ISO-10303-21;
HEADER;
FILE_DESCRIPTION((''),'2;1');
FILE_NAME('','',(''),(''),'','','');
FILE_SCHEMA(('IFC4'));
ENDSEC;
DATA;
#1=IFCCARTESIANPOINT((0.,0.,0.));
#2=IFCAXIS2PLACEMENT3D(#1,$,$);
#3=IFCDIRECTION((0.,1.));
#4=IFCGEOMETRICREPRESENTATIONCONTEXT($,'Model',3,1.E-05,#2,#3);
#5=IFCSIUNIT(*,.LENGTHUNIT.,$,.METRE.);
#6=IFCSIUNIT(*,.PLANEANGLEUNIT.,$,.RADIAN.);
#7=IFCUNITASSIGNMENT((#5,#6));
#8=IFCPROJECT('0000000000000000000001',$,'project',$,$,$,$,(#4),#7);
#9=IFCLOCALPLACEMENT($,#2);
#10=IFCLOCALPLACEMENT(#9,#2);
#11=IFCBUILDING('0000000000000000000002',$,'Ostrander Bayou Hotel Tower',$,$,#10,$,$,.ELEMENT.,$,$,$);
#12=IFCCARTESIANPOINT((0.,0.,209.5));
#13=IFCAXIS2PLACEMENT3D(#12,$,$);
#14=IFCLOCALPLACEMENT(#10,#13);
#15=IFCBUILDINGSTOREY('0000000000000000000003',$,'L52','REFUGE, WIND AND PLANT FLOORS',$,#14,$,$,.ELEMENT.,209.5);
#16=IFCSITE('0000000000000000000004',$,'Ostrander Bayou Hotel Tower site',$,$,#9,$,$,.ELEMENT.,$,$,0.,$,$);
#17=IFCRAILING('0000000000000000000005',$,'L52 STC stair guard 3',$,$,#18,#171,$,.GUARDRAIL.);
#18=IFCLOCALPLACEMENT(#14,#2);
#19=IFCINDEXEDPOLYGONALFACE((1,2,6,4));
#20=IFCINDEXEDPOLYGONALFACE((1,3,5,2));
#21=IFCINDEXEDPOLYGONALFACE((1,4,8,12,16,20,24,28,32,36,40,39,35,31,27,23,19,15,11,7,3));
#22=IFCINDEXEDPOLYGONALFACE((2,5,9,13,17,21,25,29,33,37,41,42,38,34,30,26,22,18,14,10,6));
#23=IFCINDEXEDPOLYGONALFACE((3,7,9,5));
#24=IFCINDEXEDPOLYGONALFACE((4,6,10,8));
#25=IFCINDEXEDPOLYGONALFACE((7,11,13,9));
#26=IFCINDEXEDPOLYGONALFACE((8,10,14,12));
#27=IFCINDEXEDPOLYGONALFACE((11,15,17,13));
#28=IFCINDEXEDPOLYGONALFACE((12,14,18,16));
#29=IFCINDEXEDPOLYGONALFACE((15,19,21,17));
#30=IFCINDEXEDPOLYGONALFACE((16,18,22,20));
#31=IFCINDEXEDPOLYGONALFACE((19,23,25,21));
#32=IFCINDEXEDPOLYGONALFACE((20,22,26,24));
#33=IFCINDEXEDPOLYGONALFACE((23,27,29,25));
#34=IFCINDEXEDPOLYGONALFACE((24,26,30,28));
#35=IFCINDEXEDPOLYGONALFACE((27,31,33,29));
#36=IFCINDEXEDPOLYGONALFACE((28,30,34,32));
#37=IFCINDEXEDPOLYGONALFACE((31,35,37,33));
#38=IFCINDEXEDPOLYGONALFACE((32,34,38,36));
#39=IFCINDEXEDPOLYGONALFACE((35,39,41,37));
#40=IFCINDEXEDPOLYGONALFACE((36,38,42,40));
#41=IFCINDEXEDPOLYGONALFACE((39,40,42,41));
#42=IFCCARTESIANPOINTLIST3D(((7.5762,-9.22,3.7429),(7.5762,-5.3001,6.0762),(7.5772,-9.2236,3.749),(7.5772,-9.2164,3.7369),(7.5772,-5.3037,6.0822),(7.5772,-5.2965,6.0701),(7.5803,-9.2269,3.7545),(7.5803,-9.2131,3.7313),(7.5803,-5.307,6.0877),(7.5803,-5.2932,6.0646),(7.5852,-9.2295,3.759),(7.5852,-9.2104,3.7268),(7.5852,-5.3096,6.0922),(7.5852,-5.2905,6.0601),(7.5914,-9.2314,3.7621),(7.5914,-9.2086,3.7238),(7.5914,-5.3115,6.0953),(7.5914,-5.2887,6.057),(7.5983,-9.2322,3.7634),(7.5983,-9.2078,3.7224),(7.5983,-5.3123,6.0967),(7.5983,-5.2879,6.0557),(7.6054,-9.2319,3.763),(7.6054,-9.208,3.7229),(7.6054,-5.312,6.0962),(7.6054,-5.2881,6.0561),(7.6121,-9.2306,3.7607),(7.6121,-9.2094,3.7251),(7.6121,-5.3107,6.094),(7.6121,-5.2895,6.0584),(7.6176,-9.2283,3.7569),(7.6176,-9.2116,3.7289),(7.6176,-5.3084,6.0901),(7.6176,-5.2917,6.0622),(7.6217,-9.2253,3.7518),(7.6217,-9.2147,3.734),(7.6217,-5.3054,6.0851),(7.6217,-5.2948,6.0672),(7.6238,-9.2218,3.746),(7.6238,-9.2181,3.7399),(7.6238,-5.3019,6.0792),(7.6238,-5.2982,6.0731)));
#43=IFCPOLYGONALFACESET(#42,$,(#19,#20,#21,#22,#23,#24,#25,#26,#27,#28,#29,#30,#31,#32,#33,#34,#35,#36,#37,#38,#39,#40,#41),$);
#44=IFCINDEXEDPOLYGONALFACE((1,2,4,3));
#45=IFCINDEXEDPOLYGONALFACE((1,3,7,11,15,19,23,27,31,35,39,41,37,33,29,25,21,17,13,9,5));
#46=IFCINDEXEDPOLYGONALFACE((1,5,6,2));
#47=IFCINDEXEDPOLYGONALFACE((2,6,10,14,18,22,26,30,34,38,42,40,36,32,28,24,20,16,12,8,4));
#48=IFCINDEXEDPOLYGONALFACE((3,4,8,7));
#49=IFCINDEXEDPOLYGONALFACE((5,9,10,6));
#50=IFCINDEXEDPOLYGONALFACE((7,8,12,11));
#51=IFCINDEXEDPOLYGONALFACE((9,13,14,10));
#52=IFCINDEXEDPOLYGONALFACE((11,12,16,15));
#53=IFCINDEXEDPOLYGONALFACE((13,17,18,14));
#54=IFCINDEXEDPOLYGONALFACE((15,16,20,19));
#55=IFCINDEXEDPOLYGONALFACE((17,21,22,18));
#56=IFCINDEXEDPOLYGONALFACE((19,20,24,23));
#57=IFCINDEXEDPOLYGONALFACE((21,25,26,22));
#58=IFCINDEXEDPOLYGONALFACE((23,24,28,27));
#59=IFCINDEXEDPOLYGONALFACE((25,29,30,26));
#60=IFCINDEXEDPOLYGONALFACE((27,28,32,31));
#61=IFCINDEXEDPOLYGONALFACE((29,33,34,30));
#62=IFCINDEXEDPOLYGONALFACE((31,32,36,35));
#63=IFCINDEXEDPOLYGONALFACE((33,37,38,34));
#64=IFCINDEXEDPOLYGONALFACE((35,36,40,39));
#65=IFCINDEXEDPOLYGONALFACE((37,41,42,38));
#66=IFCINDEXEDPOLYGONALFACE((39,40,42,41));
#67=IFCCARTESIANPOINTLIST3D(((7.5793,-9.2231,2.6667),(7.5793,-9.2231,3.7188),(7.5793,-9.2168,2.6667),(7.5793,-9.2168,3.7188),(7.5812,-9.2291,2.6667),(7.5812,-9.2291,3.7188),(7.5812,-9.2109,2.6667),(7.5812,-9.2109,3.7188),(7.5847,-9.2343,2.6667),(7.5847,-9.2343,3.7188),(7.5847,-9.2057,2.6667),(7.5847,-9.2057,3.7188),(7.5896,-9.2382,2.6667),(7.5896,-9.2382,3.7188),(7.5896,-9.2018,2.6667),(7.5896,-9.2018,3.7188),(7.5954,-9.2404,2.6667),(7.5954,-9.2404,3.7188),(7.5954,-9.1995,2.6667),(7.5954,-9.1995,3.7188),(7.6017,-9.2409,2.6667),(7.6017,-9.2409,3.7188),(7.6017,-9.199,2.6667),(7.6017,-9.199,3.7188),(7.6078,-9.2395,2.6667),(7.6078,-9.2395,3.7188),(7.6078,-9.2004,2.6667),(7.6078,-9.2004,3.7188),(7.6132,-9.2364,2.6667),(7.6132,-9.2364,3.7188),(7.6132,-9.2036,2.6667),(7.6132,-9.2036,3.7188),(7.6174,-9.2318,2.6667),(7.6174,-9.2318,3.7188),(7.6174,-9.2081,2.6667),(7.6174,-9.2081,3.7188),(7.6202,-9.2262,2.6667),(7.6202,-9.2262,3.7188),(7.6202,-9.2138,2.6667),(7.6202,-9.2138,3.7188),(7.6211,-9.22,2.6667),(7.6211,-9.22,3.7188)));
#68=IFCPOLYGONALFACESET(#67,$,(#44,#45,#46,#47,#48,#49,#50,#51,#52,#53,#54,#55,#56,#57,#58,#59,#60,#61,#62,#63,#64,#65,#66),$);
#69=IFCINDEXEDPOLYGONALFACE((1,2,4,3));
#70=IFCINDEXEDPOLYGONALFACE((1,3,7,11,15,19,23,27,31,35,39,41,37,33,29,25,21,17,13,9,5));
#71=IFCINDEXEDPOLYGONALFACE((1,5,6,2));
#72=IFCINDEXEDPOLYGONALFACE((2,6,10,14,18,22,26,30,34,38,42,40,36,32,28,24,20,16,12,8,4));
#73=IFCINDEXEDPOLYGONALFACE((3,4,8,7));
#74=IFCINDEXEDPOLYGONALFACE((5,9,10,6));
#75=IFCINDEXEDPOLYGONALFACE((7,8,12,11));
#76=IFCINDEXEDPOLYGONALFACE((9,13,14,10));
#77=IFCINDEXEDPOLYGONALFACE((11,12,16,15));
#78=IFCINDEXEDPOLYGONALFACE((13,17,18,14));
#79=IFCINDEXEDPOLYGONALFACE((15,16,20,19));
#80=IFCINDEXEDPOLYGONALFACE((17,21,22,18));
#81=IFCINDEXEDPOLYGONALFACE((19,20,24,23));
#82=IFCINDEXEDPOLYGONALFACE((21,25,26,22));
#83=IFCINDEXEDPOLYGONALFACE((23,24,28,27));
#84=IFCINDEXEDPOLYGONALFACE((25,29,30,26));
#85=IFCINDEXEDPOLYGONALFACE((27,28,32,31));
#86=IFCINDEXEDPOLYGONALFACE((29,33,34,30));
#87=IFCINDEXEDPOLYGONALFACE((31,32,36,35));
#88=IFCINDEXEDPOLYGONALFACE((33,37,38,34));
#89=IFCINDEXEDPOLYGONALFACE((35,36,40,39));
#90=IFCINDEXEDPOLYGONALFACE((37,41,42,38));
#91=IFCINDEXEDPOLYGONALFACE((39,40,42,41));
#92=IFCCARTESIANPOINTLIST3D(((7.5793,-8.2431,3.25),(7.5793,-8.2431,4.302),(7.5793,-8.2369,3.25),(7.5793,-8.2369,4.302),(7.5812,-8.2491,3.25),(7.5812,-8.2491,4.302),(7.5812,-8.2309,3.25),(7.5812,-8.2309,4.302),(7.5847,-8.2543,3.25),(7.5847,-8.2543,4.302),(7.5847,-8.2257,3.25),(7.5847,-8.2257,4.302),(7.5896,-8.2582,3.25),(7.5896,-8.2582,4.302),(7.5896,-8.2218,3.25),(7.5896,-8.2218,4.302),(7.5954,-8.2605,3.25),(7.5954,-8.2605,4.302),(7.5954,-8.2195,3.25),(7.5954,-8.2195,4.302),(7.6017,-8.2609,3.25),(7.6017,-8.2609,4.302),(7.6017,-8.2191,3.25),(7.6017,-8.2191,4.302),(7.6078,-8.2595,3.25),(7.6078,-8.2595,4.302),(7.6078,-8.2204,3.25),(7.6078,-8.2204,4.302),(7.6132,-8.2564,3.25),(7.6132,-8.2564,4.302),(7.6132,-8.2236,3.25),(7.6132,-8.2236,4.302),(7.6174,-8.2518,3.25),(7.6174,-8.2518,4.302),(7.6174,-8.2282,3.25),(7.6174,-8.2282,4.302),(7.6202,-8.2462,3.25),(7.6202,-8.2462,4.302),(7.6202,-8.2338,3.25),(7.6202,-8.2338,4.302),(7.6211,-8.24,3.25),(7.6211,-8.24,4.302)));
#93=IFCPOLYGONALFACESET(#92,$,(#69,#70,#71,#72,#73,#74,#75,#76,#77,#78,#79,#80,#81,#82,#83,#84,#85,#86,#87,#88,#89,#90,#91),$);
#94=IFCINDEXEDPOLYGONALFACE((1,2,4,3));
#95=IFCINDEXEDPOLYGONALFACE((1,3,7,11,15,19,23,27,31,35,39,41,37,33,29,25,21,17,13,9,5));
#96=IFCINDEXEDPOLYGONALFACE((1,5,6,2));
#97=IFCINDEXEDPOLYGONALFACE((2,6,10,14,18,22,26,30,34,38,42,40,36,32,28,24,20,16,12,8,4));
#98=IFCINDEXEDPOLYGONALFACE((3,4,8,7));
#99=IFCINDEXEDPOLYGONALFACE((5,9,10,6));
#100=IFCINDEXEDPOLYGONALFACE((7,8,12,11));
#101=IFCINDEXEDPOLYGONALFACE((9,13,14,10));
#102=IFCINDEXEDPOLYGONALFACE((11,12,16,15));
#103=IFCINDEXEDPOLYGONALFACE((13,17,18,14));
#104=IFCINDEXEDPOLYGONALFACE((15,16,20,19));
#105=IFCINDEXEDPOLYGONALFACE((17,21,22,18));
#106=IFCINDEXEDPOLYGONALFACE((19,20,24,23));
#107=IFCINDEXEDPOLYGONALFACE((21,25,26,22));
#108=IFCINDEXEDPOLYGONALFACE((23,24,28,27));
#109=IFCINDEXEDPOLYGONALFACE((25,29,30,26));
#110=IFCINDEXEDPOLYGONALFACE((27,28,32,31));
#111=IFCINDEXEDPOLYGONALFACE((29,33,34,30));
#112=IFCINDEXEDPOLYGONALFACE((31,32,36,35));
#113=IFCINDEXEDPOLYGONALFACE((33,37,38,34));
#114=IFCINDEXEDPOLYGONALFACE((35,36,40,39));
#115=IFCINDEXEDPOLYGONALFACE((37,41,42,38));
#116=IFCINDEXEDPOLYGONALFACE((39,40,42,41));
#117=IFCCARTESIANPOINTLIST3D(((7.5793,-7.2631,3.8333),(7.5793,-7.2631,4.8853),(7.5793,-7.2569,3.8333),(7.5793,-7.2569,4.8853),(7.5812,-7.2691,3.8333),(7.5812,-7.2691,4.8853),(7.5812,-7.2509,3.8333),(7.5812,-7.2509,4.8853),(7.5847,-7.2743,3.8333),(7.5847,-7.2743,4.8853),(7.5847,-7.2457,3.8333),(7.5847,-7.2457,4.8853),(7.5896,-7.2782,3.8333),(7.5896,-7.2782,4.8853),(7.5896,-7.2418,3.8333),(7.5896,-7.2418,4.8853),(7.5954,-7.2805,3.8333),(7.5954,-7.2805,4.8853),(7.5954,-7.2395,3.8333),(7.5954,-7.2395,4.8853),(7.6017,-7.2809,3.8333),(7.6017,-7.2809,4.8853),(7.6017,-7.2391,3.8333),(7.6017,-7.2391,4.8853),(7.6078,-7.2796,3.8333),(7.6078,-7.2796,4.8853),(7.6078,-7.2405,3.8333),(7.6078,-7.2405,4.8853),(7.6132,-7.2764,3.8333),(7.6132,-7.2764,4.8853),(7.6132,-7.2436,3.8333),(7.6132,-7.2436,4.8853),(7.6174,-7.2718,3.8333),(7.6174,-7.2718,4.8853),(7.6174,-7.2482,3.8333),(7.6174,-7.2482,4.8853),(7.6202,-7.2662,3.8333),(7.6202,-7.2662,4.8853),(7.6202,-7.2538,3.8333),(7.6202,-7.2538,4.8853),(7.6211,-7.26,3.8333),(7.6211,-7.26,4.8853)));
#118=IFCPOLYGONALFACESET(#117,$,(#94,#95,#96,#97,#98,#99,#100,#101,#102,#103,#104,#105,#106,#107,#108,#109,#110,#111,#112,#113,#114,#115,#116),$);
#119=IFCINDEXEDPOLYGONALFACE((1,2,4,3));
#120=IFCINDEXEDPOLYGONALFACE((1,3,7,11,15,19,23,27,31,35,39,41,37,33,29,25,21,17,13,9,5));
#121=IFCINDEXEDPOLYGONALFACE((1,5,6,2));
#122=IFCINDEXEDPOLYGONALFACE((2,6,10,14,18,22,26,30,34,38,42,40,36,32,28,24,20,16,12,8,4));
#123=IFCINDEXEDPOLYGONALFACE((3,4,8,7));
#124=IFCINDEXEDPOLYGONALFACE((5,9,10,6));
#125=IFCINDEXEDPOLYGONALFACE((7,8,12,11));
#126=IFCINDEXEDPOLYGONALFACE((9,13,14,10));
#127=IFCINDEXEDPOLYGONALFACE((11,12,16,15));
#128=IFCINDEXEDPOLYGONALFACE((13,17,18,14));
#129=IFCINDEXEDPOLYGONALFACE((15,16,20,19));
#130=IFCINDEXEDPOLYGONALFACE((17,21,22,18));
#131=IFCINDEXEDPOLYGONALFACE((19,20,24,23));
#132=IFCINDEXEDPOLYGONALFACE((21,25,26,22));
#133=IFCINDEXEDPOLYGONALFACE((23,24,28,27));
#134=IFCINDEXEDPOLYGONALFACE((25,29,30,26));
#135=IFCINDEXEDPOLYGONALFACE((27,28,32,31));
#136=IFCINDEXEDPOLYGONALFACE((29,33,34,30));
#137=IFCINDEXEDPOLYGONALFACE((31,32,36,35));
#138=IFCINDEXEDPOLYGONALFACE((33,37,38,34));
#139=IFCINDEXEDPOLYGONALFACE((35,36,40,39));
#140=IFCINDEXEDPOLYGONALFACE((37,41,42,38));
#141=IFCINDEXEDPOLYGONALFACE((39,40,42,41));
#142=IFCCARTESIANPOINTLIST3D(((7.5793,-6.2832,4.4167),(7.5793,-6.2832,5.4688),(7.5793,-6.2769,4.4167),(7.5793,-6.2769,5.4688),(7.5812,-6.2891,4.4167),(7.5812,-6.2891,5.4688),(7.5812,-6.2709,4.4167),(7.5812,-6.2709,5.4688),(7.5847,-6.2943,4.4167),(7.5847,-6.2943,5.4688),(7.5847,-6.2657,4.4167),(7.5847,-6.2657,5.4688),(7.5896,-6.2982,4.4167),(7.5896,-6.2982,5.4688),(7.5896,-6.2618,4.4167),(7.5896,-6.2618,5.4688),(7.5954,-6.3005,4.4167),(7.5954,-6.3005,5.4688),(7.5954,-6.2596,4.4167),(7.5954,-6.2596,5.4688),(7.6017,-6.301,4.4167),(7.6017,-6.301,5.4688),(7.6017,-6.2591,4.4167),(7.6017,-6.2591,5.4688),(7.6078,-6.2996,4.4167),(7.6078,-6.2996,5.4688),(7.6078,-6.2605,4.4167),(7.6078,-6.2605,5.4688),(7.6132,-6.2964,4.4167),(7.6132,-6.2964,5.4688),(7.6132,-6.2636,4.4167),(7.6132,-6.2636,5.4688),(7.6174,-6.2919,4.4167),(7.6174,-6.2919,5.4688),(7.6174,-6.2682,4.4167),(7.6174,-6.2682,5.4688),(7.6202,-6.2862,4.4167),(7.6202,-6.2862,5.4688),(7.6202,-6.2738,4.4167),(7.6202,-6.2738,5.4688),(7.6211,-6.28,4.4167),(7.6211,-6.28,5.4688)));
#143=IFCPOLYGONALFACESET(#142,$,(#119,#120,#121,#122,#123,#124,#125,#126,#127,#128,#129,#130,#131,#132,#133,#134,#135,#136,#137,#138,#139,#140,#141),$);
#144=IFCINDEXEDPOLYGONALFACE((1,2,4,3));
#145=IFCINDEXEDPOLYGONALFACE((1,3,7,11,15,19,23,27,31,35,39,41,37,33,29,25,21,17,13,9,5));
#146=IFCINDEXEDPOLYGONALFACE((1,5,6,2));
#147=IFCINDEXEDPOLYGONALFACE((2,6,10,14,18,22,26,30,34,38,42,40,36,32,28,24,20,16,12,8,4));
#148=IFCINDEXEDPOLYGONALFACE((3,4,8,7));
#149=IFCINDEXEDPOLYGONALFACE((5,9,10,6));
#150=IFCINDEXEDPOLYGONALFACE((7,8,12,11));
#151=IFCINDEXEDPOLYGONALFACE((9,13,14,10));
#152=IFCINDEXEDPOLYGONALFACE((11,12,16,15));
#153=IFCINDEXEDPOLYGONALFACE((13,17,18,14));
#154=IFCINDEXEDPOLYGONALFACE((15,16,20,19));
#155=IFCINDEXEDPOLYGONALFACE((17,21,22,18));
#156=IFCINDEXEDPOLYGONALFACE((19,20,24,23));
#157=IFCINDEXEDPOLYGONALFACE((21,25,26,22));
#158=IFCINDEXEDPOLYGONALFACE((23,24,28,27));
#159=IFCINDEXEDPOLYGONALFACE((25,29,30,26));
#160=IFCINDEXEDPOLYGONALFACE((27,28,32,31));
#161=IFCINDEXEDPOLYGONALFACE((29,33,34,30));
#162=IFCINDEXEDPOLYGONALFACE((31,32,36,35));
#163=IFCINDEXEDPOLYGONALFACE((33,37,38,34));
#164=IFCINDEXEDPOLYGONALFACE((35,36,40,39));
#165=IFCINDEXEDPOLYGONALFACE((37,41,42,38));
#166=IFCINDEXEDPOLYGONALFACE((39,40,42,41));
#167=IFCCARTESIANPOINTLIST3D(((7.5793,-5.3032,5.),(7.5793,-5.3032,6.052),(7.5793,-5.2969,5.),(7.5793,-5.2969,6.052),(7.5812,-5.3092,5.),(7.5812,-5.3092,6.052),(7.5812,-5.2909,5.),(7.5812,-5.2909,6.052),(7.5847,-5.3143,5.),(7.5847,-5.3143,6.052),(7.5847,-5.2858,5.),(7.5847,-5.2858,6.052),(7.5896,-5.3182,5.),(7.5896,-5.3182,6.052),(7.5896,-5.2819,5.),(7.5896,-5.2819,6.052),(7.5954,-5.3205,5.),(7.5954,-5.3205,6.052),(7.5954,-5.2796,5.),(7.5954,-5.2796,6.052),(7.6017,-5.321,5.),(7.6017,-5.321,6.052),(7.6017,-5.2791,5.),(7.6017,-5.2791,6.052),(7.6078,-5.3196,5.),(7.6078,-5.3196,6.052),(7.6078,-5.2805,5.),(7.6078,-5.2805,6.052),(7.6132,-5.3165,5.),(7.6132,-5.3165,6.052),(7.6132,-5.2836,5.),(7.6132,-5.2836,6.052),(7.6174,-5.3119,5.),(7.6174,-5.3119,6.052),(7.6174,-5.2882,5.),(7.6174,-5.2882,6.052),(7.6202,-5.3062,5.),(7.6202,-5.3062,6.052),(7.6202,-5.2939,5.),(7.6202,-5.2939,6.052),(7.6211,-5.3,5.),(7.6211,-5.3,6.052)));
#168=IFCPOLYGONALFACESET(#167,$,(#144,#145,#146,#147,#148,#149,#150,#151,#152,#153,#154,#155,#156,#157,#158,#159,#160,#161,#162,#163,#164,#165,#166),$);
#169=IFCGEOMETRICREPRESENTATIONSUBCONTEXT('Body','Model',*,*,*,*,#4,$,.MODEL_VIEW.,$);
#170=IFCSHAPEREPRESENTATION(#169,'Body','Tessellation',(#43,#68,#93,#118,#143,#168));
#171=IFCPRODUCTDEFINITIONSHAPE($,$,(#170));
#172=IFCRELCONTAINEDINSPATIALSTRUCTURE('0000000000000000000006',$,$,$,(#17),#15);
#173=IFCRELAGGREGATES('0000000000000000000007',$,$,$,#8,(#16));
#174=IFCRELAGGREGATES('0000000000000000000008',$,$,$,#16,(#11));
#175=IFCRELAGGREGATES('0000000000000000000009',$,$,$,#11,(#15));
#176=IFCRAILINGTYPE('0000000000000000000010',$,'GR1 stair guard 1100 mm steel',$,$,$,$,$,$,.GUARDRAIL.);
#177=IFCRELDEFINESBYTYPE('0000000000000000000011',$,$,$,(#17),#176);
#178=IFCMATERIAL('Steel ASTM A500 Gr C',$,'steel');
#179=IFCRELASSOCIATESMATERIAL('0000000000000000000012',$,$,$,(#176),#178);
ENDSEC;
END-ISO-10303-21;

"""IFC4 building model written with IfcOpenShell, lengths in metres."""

from ifc_helpers import new_model, si_unit, direction, frame, origin, origin_2d, place, context, subcontext, project, spatial, circle, extrude, material, type_object, element, save


model = new_model("IFC4")

# Units and contexts
model_context = context("Model", 3, precision=1e-05, world=origin(), true_north=direction((0.0, 1.0)))
body_context = subcontext(model_context, "Body", "Model", "MODEL_VIEW")
ifc_project = project(units=[si_unit("LENGTHUNIT", "METRE"), si_unit("PLANEANGLEUNIT", "RADIAN")], contexts=[model_context])

# Site, building, storey
site_placement = place(None, origin())
site = spatial("IfcSite", under=ifc_project, at=site_placement, Name="Ostrander Bayou Hotel Tower site", CompositionType="ELEMENT", RefElevation=0.0)
building_placement = place(site_placement, origin())
building = spatial("IfcBuilding", under=site, at=building_placement, Name="Ostrander Bayou Hotel Tower", CompositionType="ELEMENT")
storey_placement = place(building_placement, frame((0.0, 0.0, 209.5)))
storey = spatial("IfcBuildingStorey", under=building, at=storey_placement, Name="L52", Description="REFUGE, WIND AND PLANT FLOORS", CompositionType="ELEMENT", Elevation=209.5)

# Railing
ifc_material_1 = material(Name="Steel ASTM A500 Gr C", Category="steel")
railing_type_1 = type_object("IfcRailingType", Name="GR1 stair guard 1100 mm steel", PredefinedType="GUARDRAIL", material=ifc_material_1)
railing_1_placement = place(storey_placement, frame((7.6001, -9.22, 2.6667)))
element("IfcRailing", 1, at=railing_1_placement, inside=storey, type_object=railing_type_1, Name="L52 STC stair guard 3", PredefinedType="GUARDRAIL", context=body_context, shape_type="SweptSolid", body=[
    extrude(circle(Radius=0.0239, at=origin_2d()), frame((0.0, 0.0, 1.0762), z_axis=(0.0, 0.859296, 0.511478), x_axis=(-1.0, 0.0, 0.0)), (0.0, 0.0, 1.0), 4.5618),
    extrude(circle(Radius=0.021, at=origin_2d()), origin(), (0.0, 0.0, 1.0), 1.052),
    extrude(circle(Radius=0.021, at=origin_2d()), frame((0.0, 0.98, 0.5833)), (0.0, 0.0, 1.0), 1.052),
    extrude(circle(Radius=0.021, at=origin_2d()), frame((0.0, 1.96, 1.1665)), (0.0, 0.0, 1.0), 1.052),
    extrude(circle(Radius=0.021, at=origin_2d()), frame((0.0, 2.9399, 1.75)), (0.0, 0.0, 1.0), 1.052),
    extrude(circle(Radius=0.021, at=origin_2d()), frame((0.0, 3.9199, 2.3333)), (0.0, 0.0, 1.0), 1.052),
])

save(model, "model.ifc")
